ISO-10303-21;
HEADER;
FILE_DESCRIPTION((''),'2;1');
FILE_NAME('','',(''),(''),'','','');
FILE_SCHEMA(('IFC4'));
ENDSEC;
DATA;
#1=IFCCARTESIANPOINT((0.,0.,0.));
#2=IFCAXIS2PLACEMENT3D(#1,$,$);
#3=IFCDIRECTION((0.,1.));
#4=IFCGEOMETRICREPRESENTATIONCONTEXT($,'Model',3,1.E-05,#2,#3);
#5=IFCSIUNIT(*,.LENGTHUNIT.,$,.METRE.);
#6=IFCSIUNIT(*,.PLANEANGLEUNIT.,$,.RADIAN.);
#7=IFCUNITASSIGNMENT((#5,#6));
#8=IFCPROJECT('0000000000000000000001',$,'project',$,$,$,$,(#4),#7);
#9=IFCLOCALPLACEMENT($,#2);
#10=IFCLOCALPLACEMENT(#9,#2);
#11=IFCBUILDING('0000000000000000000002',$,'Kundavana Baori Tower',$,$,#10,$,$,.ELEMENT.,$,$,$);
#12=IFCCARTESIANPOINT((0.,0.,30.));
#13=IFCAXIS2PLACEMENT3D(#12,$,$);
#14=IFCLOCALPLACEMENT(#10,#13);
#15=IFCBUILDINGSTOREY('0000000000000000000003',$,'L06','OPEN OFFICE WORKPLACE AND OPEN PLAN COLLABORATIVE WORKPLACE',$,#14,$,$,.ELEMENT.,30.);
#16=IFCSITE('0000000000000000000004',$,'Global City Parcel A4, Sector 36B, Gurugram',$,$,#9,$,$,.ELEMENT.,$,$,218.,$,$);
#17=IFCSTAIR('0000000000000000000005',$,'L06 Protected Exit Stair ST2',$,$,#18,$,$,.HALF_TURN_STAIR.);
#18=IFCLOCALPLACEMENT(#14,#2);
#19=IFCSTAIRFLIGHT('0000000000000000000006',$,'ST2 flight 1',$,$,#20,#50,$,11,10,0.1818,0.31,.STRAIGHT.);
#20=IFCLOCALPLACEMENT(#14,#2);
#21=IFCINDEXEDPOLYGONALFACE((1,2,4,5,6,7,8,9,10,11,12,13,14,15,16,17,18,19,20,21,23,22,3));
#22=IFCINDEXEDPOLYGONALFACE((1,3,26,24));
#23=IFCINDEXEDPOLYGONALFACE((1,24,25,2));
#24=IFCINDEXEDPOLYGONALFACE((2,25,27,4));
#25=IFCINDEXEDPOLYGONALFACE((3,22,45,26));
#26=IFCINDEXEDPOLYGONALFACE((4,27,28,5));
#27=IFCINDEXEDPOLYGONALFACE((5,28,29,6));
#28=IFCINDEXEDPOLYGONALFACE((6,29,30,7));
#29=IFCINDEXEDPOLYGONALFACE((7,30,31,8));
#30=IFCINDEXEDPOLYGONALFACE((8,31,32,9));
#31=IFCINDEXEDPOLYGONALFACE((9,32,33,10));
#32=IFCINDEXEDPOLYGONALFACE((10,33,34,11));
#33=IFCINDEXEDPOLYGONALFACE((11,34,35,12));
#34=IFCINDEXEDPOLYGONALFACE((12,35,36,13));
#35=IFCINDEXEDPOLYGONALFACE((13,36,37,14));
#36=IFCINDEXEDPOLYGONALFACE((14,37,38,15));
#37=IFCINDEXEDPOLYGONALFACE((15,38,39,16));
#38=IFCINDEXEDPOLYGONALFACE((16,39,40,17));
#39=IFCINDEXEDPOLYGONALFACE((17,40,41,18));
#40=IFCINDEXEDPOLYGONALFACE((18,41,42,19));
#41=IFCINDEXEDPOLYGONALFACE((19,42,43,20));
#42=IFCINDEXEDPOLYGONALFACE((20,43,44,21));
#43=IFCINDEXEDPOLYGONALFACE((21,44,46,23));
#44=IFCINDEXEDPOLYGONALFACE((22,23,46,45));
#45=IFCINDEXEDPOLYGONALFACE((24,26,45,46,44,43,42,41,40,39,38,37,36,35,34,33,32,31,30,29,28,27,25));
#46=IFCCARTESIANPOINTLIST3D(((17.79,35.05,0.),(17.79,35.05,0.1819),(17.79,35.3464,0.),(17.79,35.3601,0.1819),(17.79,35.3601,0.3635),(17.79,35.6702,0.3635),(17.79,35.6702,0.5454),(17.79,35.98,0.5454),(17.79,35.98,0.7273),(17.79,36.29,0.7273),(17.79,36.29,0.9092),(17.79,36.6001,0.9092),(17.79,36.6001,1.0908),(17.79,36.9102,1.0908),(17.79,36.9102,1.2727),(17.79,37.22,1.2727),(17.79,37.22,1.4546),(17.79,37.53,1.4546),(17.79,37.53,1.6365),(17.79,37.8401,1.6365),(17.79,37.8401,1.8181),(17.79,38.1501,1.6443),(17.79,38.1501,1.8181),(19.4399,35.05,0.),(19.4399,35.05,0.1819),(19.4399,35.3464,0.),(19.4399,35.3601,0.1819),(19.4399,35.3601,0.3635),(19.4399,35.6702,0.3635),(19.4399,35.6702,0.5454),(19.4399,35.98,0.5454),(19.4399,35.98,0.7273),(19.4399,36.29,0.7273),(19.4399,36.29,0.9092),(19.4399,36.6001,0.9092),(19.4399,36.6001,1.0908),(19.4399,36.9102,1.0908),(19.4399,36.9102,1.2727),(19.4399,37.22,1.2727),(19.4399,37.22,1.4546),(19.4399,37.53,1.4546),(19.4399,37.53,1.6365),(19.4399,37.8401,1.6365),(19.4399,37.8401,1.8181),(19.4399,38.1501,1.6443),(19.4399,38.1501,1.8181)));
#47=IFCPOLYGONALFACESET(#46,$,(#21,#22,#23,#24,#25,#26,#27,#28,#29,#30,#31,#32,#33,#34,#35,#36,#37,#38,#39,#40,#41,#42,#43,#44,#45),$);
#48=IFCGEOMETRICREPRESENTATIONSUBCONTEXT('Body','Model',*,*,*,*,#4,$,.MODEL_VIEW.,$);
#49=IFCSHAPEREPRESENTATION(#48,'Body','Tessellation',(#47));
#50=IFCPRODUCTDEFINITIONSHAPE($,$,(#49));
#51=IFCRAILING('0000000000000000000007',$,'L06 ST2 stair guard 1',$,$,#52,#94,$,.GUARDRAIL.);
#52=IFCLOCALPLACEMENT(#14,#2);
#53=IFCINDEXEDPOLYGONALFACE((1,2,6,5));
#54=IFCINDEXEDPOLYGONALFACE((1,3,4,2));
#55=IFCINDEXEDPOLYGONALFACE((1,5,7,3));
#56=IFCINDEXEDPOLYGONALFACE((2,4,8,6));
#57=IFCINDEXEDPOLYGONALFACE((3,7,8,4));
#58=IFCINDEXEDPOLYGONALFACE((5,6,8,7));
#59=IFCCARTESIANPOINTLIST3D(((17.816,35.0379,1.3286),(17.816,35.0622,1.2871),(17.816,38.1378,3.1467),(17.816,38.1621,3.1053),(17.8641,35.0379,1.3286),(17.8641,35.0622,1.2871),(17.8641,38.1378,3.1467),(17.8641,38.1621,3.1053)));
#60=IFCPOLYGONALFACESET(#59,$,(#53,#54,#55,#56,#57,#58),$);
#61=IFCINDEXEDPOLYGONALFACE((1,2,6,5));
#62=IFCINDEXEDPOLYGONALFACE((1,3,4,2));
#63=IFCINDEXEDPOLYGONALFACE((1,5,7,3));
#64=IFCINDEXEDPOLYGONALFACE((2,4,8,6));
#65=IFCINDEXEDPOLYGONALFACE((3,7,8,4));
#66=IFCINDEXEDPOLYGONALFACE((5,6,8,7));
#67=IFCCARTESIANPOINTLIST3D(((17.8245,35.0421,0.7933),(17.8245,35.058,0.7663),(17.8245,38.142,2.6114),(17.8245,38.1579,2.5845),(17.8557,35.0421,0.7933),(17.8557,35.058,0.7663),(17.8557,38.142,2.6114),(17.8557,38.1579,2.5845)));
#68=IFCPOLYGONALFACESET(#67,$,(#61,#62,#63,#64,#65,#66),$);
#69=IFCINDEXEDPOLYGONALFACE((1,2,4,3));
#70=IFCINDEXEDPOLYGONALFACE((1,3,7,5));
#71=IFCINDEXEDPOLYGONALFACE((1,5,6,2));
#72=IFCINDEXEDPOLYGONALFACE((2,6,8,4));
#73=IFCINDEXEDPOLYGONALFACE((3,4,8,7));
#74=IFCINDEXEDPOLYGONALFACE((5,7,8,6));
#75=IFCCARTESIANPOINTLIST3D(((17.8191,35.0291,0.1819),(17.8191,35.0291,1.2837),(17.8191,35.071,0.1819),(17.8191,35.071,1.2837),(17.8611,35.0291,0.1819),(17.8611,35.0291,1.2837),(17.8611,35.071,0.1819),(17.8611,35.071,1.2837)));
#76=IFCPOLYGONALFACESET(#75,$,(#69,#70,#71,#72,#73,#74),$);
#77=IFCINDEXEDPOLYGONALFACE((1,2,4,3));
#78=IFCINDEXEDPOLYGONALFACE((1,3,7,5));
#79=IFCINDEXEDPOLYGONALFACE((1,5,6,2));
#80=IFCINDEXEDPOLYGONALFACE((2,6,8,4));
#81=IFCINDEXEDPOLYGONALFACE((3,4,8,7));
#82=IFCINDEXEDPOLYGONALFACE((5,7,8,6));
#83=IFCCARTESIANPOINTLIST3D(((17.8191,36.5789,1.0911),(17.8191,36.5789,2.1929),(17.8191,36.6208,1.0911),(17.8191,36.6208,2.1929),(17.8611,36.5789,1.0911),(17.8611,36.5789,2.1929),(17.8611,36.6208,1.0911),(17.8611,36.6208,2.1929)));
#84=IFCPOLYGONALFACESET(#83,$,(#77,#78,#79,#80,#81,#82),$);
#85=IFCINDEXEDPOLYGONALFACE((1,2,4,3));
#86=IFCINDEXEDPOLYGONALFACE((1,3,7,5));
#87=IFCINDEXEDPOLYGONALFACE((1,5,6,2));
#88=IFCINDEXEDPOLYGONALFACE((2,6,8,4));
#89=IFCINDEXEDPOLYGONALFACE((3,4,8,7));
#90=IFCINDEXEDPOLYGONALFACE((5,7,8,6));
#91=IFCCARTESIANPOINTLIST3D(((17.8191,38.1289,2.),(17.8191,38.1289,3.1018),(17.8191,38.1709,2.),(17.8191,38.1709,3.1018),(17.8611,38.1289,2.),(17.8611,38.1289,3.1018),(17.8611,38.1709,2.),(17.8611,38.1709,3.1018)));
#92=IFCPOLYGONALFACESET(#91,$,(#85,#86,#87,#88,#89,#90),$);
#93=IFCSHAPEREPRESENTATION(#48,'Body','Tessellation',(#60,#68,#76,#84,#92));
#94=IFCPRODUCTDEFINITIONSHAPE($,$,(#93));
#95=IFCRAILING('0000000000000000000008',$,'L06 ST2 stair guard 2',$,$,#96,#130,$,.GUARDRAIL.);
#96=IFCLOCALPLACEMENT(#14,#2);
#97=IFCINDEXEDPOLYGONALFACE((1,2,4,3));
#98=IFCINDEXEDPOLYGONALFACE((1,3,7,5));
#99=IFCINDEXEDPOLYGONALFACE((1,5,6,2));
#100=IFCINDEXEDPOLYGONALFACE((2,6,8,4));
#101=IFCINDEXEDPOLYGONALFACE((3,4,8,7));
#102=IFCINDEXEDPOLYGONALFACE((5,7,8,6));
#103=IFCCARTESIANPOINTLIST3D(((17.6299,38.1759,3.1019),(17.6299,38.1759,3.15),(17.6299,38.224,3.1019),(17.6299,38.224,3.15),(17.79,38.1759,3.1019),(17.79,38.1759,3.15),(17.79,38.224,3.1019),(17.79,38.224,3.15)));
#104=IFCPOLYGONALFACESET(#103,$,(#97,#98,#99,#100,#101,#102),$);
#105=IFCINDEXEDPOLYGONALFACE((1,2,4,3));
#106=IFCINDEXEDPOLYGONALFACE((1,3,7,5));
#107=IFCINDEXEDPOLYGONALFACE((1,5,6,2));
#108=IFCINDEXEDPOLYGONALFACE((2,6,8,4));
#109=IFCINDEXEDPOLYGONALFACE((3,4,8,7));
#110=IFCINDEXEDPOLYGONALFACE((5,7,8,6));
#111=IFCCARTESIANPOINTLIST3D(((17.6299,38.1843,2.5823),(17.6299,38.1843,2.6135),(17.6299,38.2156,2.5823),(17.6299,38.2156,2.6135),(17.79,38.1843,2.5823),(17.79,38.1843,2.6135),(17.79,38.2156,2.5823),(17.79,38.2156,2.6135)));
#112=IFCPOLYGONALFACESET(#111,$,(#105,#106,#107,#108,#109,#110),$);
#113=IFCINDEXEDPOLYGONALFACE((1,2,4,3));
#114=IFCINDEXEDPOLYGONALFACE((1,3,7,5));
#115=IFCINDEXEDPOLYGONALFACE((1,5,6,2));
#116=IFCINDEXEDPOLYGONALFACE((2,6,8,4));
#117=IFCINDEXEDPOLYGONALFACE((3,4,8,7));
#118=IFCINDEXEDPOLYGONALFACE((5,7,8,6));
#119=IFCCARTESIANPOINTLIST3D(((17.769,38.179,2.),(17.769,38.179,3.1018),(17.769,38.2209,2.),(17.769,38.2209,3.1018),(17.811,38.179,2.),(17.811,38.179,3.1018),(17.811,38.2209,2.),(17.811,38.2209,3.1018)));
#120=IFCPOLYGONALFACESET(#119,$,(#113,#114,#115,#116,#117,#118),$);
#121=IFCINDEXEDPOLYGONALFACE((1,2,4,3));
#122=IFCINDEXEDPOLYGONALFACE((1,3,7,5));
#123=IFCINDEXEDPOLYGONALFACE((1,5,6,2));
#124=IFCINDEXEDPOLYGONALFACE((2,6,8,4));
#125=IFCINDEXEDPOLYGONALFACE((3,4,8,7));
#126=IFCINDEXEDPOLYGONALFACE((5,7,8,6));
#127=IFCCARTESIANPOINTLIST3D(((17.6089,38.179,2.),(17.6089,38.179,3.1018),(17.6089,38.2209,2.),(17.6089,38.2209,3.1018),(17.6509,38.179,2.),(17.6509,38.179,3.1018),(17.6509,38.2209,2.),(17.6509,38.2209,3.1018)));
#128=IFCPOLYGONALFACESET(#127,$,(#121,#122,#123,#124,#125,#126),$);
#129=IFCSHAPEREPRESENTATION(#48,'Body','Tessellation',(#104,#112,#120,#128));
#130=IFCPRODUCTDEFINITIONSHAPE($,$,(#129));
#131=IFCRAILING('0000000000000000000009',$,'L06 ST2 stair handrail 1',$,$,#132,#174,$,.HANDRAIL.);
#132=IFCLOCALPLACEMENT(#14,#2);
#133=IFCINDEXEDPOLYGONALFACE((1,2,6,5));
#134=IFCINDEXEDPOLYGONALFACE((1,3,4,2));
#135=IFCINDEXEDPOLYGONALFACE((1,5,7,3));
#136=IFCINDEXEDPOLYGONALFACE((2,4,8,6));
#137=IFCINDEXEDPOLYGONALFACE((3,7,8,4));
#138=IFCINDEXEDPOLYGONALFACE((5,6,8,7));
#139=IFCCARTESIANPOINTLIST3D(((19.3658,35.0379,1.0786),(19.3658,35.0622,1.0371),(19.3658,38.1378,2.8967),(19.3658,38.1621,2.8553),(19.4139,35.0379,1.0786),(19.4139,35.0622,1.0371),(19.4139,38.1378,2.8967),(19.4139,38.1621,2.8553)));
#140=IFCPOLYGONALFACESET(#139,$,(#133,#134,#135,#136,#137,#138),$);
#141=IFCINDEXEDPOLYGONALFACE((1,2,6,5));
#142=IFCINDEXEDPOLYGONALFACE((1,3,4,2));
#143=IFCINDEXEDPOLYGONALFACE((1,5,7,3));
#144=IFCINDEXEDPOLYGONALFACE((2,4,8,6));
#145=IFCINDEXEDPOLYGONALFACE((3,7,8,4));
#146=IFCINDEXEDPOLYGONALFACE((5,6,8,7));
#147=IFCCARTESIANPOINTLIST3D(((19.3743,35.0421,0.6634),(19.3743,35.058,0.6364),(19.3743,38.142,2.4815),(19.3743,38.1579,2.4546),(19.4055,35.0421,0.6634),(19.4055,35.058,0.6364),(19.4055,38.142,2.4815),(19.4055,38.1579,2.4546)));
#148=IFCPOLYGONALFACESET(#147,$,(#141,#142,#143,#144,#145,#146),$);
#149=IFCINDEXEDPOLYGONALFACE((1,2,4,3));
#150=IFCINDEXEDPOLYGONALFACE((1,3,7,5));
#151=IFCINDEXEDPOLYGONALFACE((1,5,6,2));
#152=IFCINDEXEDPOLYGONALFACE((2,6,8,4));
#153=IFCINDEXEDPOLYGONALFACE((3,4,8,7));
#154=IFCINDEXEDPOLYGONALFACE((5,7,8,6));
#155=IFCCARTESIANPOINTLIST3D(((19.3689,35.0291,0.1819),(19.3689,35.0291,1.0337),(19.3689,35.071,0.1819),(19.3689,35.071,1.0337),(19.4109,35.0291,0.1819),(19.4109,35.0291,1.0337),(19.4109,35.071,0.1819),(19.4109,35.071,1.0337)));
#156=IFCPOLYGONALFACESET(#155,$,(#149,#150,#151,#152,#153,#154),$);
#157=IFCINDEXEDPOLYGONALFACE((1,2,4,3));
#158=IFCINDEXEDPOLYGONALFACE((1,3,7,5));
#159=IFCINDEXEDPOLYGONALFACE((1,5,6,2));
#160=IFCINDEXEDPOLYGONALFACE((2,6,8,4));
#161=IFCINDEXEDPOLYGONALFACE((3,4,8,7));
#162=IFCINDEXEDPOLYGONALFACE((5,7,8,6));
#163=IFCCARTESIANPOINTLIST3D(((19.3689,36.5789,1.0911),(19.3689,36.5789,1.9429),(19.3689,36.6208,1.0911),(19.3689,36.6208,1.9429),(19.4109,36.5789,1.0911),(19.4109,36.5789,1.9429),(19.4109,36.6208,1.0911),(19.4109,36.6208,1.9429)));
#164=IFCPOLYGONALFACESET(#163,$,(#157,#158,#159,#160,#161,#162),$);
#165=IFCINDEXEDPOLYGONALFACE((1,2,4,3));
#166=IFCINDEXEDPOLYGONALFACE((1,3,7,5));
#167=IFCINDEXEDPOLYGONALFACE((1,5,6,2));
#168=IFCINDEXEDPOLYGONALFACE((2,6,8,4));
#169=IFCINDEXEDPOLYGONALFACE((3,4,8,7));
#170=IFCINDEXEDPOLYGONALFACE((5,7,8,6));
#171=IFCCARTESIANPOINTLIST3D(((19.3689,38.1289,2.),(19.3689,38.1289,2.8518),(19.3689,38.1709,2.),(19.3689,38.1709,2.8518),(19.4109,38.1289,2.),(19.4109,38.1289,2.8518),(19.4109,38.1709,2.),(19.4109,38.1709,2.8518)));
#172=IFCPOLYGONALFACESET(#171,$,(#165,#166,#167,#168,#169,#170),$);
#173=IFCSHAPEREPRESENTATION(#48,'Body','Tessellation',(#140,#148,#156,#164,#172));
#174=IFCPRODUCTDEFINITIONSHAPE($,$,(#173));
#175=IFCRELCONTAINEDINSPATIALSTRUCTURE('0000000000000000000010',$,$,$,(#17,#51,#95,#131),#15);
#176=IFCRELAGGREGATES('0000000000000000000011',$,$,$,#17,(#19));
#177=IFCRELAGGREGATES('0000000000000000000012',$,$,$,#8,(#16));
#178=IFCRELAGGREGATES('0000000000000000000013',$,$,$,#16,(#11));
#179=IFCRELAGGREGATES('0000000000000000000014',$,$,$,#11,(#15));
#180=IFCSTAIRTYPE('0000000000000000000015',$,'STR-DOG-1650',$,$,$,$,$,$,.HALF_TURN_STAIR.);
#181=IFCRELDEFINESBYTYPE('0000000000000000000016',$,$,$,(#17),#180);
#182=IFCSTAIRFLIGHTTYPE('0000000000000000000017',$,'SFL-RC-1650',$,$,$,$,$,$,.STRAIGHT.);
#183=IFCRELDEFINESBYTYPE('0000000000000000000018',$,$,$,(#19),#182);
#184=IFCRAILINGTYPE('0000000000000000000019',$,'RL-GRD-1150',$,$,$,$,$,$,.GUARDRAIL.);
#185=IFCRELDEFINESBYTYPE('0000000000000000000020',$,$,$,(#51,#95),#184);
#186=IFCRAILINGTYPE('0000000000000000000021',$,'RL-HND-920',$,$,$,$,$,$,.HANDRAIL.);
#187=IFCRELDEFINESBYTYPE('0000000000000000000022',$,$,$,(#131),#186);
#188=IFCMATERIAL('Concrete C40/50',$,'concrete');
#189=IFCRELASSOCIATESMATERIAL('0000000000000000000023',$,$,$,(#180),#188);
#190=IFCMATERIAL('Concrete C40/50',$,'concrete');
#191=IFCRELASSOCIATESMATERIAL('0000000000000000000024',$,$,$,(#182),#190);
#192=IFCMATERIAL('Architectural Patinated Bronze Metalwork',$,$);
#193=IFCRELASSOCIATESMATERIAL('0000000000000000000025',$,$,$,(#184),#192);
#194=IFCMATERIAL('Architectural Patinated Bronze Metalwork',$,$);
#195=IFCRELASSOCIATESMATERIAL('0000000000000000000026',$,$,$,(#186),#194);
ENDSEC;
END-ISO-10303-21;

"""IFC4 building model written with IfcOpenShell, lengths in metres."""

from ifc_helpers import new_model, si_unit, direction, frame, origin, origin_2d, place, context, subcontext, project, spatial, polyline, rectangle, outline, extrude, material, type_object, element, aggregate, save


model = new_model("IFC4")

# Units and contexts
model_context = context("Model", 3, precision=1e-05, world=origin(), true_north=direction((0.0, 1.0)))
body_context = subcontext(model_context, "Body", "Model", "MODEL_VIEW")
ifc_project = project(units=[si_unit("LENGTHUNIT", "METRE"), si_unit("PLANEANGLEUNIT", "RADIAN")], contexts=[model_context])

# Site, building, storey
site_placement = place(None, origin())
site = spatial("IfcSite", under=ifc_project, at=site_placement, Name="Global City Parcel A4, Sector 36B, Gurugram", CompositionType="ELEMENT", RefElevation=218.0)
building_placement = place(site_placement, origin())
building = spatial("IfcBuilding", under=site, at=building_placement, Name="Kundavana Baori Tower", CompositionType="ELEMENT")
storey_placement = place(building_placement, frame((0.0, 0.0, 30.0)))
storey = spatial("IfcBuildingStorey", under=building, at=storey_placement, Name="L06", Description="OPEN OFFICE WORKPLACE AND OPEN PLAN COLLABORATIVE WORKPLACE", CompositionType="ELEMENT", Elevation=30.0)

# Stair, stair flight
ifc_material_1 = material(Name="Concrete C40/50", Category="concrete")
stair_type = type_object("IfcStairType", Name="STR-DOG-1650", PredefinedType="HALF_TURN_STAIR", material=ifc_material_1)
stair_placement = place(storey_placement, origin())
stair = element("IfcStair", 1, at=stair_placement, inside=storey, type_object=stair_type, Name="L06 Protected Exit Stair ST2", PredefinedType="HALF_TURN_STAIR")
ifc_material_2 = material(Name="Concrete C40/50", Category="concrete")
stair_flight_type = type_object("IfcStairFlightType", Name="SFL-RC-1650", PredefinedType="STRAIGHT", material=ifc_material_2)
stair_flight_placement = place(storey_placement, frame((18.615, 35.05, 0.0), z_axis=(0.0, 0.0, 1.0), x_axis=(0.0, 1.0, 0.0)))
stair_flight = element("IfcStairFlight", 2, at=stair_flight_placement, type_object=stair_flight_type, Name="ST2 flight 1", NumberOfRisers=11, NumberOfTreads=10, PredefinedType="STRAIGHT", RiserHeight=0.1818, TreadLength=0.31, context=body_context, shape_type="SweptSolid", body=[
    extrude(outline(polyline([(0.0, 0.0), (0.0, 0.1819), (0.3101, 0.1819), (0.3101, 0.3635), (0.6201, 0.3635), (0.6201, 0.5454), (0.9299, 0.5454), (0.9299, 0.7273), (1.24, 0.7273), (1.24, 0.9092), (1.55, 0.9092), (1.55, 1.0908), (1.8601, 1.0908), (1.8601, 1.2727), (2.1699, 1.2727), (2.1699, 1.4546), (2.48, 1.4546), (2.48, 1.6365), (2.79, 1.6365), (2.79, 1.8181), (3.1001, 1.8181), (3.1001, 2.0), (3.1001, 1.6443), (0.2964, 0.0), (0.0, 0.0)])), frame((0.0, 0.825, 0.0), z_axis=(0.0, -1.0, 0.0), x_axis=(1.0, 0.0, 0.0)), (0.0, 0.0, 1.0), 1.6499),
])
aggregate(stair, [stair_flight])

# Railings
ifc_material_3 = material(Name="Architectural Patinated Bronze Metalwork")
railing_type_1 = type_object("IfcRailingType", Name="RL-GRD-1150", PredefinedType="GUARDRAIL", material=ifc_material_3)
railing_1_placement = place(storey_placement, frame((17.8401, 35.05, 0.1819)))
element("IfcRailing", 3, at=railing_1_placement, inside=storey, type_object=railing_type_1, Name="L06 ST2 stair guard 1", PredefinedType="GUARDRAIL", context=body_context, shape_type="SweptSolid", body=[
    extrude(rectangle(XDim=0.0481, YDim=0.0481, at=origin_2d()), frame((0.0, 0.0, 1.126), z_axis=(0.0, 0.862581, 0.505918), x_axis=(-1.0, 0.0, 0.0)), (0.0, 0.0, 1.0), 3.5938),
    extrude(rectangle(XDim=0.0312, YDim=0.0312, at=origin_2d()), frame((0.0, 0.0, 0.5979), z_axis=(0.0, 0.862581, 0.505918), x_axis=(-1.0, 0.0, 0.0)), (0.0, 0.0, 1.0), 3.5938),
    extrude(rectangle(XDim=0.042, YDim=0.042, at=origin_2d()), origin(), (0.0, 0.0, 1.0), 1.1018),
    extrude(rectangle(XDim=0.042, YDim=0.042, at=origin_2d()), frame((0.0, 1.5498, 0.9092)), (0.0, 0.0, 1.0), 1.1018),
    extrude(rectangle(XDim=0.042, YDim=0.042, at=origin_2d()), frame((0.0, 3.0999, 1.8181)), (0.0, 0.0, 1.0), 1.1018),
])
railing_2_placement = place(storey_placement, frame((17.79, 38.2, 2.0)))
element("IfcRailing", 4, at=railing_2_placement, inside=storey, type_object=railing_type_1, Name="L06 ST2 stair guard 2", PredefinedType="GUARDRAIL", context=body_context, shape_type="SweptSolid", body=[
    extrude(rectangle(XDim=0.0481, YDim=0.0481, at=origin_2d()), frame((0.0, 0.0, 1.126), z_axis=(-1.0, 0.0, 0.0), x_axis=(0.0, -1.0, 0.0)), (0.0, 0.0, 1.0), 0.1602),
    extrude(rectangle(XDim=0.0312, YDim=0.0312, at=origin_2d()), frame((0.0, 0.0, 0.5979), z_axis=(-1.0, 0.0, 0.0), x_axis=(0.0, -1.0, 0.0)), (0.0, 0.0, 1.0), 0.1602),
    extrude(rectangle(XDim=0.042, YDim=0.042, at=origin_2d()), origin(), (0.0, 0.0, 1.0), 1.1018),
    extrude(rectangle(XDim=0.042, YDim=0.042, at=origin_2d()), frame((-0.1602, 0.0, 0.0)), (0.0, 0.0, 1.0), 1.1018),
])
ifc_material_4 = material(Name="Architectural Patinated Bronze Metalwork")
railing_type_2 = type_object("IfcRailingType", Name="RL-HND-920", PredefinedType="HANDRAIL", material=ifc_material_4)
railing_3_placement = place(storey_placement, frame((19.3899, 35.05, 0.1819)))
element("IfcRailing", 5, at=railing_3_placement, inside=storey, type_object=railing_type_2, Name="L06 ST2 stair handrail 1", PredefinedType="HANDRAIL", context=body_context, shape_type="SweptSolid", body=[
    extrude(rectangle(XDim=0.0481, YDim=0.0481, at=origin_2d()), frame((0.0, 0.0, 0.876), z_axis=(0.0, 0.862581, 0.505918), x_axis=(-1.0, 0.0, 0.0)), (0.0, 0.0, 1.0), 3.5938),
    extrude(rectangle(XDim=0.0312, YDim=0.0312, at=origin_2d()), frame((0.0, 0.0, 0.468), z_axis=(0.0, 0.862581, 0.505918), x_axis=(-1.0, 0.0, 0.0)), (0.0, 0.0, 1.0), 3.5938),
    extrude(rectangle(XDim=0.042, YDim=0.042, at=origin_2d()), origin(), (0.0, 0.0, 1.0), 0.8518),
    extrude(rectangle(XDim=0.042, YDim=0.042, at=origin_2d()), frame((0.0, 1.5498, 0.9092)), (0.0, 0.0, 1.0), 0.8518),
    extrude(rectangle(XDim=0.042, YDim=0.042, at=origin_2d()), frame((0.0, 3.0999, 1.8181)), (0.0, 0.0, 1.0), 0.8518),
])

save(model, "model.ifc")
